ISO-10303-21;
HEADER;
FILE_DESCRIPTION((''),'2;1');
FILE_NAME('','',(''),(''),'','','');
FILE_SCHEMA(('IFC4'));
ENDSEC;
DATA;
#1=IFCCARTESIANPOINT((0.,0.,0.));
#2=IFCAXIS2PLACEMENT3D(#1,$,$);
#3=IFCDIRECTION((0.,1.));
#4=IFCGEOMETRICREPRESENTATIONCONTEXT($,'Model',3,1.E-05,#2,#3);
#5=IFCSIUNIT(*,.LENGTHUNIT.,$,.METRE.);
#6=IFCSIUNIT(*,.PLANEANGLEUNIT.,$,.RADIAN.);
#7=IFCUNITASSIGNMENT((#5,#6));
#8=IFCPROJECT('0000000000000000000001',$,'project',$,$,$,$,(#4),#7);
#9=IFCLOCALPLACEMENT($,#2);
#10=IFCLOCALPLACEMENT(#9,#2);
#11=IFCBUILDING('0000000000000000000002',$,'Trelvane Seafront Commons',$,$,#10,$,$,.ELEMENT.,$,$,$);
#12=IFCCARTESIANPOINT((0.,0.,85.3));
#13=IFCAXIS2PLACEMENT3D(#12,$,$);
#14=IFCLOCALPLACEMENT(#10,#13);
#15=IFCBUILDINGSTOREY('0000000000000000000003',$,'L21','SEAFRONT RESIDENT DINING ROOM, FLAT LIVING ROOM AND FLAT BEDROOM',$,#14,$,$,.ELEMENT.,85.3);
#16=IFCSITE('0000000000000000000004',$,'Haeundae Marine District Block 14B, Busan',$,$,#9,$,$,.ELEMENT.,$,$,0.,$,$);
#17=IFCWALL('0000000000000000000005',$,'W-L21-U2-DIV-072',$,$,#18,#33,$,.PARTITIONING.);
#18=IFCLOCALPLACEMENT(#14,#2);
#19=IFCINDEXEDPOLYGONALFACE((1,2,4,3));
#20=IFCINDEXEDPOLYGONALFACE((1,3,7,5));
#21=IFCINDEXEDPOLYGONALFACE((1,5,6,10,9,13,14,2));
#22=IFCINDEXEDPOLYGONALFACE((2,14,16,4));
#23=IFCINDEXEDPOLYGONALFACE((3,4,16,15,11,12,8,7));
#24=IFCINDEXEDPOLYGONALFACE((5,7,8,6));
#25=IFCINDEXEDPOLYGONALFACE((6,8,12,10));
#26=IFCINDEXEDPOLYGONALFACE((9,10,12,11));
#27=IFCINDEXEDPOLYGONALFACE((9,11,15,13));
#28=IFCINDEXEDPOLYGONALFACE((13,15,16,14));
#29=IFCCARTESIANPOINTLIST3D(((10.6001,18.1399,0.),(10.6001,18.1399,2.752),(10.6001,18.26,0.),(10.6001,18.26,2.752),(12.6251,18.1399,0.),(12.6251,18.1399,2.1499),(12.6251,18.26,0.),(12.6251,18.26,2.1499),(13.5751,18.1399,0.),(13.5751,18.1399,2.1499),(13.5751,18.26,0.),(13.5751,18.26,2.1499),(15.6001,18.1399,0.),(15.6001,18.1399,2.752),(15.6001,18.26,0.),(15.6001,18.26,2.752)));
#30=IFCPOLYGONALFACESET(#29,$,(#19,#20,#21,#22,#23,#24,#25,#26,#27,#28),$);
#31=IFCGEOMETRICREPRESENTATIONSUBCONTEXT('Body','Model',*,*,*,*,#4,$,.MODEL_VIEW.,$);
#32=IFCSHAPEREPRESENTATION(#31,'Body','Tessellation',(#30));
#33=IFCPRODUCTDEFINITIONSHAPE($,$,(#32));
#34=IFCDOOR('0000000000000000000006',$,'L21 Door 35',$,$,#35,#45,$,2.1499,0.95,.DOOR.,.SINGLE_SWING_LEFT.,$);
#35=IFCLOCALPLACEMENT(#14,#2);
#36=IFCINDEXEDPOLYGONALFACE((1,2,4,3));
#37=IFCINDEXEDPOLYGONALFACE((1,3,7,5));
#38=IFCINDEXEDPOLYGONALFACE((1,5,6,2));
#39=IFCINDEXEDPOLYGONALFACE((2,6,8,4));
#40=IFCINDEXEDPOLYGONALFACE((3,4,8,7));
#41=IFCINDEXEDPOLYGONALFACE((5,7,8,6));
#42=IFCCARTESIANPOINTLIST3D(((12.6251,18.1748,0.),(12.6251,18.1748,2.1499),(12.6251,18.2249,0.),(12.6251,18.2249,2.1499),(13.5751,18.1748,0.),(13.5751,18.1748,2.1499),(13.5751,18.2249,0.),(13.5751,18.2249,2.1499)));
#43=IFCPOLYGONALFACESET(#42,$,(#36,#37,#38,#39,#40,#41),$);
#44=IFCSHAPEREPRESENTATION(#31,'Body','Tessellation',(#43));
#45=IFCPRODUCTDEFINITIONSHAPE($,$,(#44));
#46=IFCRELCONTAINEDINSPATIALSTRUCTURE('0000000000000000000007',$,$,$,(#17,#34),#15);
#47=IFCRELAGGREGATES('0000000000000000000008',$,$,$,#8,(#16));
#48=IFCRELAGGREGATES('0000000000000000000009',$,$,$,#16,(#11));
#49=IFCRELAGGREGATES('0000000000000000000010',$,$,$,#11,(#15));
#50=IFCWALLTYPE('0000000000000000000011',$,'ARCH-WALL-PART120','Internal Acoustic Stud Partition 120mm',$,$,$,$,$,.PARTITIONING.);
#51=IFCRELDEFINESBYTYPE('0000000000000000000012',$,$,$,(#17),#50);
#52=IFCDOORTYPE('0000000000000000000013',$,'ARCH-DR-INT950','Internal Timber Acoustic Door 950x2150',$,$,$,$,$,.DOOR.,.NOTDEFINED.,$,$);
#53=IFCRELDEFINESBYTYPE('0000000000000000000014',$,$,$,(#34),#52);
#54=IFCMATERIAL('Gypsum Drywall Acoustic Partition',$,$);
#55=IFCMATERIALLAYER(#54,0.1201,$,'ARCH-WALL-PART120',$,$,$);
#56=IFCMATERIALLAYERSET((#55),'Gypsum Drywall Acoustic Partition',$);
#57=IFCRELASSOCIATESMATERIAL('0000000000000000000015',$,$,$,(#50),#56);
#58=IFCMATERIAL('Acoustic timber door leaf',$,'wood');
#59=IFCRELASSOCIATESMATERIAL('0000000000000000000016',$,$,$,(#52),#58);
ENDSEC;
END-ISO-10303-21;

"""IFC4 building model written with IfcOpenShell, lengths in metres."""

from ifc_helpers import new_model, si_unit, direction, frame, frame_2d, origin, place, context, subcontext, project, spatial, rectangle, extrude, source, transform, mapped, material, layer, layer_set, type_object, element, fill, save


model = new_model("IFC4")

# Units and contexts
model_context = context("Model", 3, precision=1e-05, world=origin(), true_north=direction((0.0, 1.0)))
body_context = subcontext(model_context, "Body", "Model", "MODEL_VIEW")
ifc_project = project(units=[si_unit("LENGTHUNIT", "METRE"), si_unit("PLANEANGLEUNIT", "RADIAN")], contexts=[model_context])

# Site, building, storey
site_placement = place(None, origin())
site = spatial("IfcSite", under=ifc_project, at=site_placement, Name="Haeundae Marine District Block 14B, Busan", CompositionType="ELEMENT", RefElevation=0.0)
building_placement = place(site_placement, origin())
building = spatial("IfcBuilding", under=site, at=building_placement, Name="Trelvane Seafront Commons", CompositionType="ELEMENT")
storey_placement = place(building_placement, frame((0.0, 0.0, 85.3)))
storey = spatial("IfcBuildingStorey", under=building, at=storey_placement, Name="L21", Description="SEAFRONT RESIDENT DINING ROOM, FLAT LIVING ROOM AND FLAT BEDROOM", CompositionType="ELEMENT", Elevation=85.3)

# Wall, opening, door
ifc_material_1 = material(Name="Gypsum Drywall Acoustic Partition")
ifc_layer_1 = layer(ifc_material_1, 0.1201, Name="ARCH-WALL-PART120")
ifc_layer_set_1 = layer_set([ifc_layer_1], Name="Gypsum Drywall Acoustic Partition")
wall_type_1 = type_object("IfcWallType", Name="ARCH-WALL-PART120", Description="Internal Acoustic Stud Partition 120mm", PredefinedType="PARTITIONING", material=ifc_layer_set_1)
ifc_material_2 = material(Name="Acoustic timber door leaf", Category="wood")
door_type = type_object("IfcDoorType", Name="ARCH-DR-INT950", Description="Internal Timber Acoustic Door 950x2150", OperationType="NOTDEFINED", PredefinedType="DOOR", material=ifc_material_2)
shared_shape_1 = source(origin(), body_context, "Body", "SweptSolid", [
    extrude(rectangle(XDim=0.95, YDim=2.1499, at=frame_2d((0.4751, 1.075))), frame((0.0, 0.0249, 0.0), z_axis=(0.0, -1.0, 0.0), x_axis=(1.0, 0.0, 0.0)), (0.0, 0.0, 1.0), 0.05),
])
wall_1_placement = place(storey_placement, frame((10.6001, 18.2, 0.0), z_axis=(0.0, 0.0, 1.0), x_axis=(1.0, 0.0, 0.0)))
wall_1 = element("IfcWall", 1, at=wall_1_placement, inside=storey, type_object=wall_type_1, Name="W-L21-U2-DIV-072", PredefinedType="PARTITIONING", context=body_context, shape_type="SweptSolid", body=[
    extrude(rectangle(XDim=5.0, YDim=0.1201, at=frame_2d((2.5, 0.0))), origin(), (0.0, 0.0, 1.0), 2.752),
])
opening_1_placement = place(wall_1_placement, frame((2.0249, 0.0, 0.0)))
opening_1 = element("IfcOpeningElement", 2, at=opening_1_placement, cuts=wall_1, PredefinedType="OPENING", context=body_context, shape_type="SweptSolid", body=[
    extrude(rectangle(XDim=0.95, YDim=2.1499, at=frame_2d((0.4751, 1.075))), frame((0.0, 0.0701, 0.0), z_axis=(0.0, -1.0, 0.0), x_axis=(1.0, 0.0, 0.0)), (0.0, 0.0, 1.0), 0.1401),
])
door_1_placement = place(opening_1_placement, origin())
door_1 = element("IfcDoor", 3, at=door_1_placement, inside=storey, type_object=door_type, Name="L21 Door 35", OperationType="SINGLE_SWING_LEFT", OverallHeight=2.1499, OverallWidth=0.95, PredefinedType="DOOR", context=body_context, shape_type="MappedRepresentation", body=[
    mapped(shared_shape_1, transform((0.0, 0.0, 0.0), x_axis=(1.0, 0.0, 0.0), y_axis=(0.0, 1.0, 0.0), z_axis=(0.0, 0.0, 1.0), scale=1.0)),
])
fill(opening_1, door_1)

save(model, "model.ifc")
